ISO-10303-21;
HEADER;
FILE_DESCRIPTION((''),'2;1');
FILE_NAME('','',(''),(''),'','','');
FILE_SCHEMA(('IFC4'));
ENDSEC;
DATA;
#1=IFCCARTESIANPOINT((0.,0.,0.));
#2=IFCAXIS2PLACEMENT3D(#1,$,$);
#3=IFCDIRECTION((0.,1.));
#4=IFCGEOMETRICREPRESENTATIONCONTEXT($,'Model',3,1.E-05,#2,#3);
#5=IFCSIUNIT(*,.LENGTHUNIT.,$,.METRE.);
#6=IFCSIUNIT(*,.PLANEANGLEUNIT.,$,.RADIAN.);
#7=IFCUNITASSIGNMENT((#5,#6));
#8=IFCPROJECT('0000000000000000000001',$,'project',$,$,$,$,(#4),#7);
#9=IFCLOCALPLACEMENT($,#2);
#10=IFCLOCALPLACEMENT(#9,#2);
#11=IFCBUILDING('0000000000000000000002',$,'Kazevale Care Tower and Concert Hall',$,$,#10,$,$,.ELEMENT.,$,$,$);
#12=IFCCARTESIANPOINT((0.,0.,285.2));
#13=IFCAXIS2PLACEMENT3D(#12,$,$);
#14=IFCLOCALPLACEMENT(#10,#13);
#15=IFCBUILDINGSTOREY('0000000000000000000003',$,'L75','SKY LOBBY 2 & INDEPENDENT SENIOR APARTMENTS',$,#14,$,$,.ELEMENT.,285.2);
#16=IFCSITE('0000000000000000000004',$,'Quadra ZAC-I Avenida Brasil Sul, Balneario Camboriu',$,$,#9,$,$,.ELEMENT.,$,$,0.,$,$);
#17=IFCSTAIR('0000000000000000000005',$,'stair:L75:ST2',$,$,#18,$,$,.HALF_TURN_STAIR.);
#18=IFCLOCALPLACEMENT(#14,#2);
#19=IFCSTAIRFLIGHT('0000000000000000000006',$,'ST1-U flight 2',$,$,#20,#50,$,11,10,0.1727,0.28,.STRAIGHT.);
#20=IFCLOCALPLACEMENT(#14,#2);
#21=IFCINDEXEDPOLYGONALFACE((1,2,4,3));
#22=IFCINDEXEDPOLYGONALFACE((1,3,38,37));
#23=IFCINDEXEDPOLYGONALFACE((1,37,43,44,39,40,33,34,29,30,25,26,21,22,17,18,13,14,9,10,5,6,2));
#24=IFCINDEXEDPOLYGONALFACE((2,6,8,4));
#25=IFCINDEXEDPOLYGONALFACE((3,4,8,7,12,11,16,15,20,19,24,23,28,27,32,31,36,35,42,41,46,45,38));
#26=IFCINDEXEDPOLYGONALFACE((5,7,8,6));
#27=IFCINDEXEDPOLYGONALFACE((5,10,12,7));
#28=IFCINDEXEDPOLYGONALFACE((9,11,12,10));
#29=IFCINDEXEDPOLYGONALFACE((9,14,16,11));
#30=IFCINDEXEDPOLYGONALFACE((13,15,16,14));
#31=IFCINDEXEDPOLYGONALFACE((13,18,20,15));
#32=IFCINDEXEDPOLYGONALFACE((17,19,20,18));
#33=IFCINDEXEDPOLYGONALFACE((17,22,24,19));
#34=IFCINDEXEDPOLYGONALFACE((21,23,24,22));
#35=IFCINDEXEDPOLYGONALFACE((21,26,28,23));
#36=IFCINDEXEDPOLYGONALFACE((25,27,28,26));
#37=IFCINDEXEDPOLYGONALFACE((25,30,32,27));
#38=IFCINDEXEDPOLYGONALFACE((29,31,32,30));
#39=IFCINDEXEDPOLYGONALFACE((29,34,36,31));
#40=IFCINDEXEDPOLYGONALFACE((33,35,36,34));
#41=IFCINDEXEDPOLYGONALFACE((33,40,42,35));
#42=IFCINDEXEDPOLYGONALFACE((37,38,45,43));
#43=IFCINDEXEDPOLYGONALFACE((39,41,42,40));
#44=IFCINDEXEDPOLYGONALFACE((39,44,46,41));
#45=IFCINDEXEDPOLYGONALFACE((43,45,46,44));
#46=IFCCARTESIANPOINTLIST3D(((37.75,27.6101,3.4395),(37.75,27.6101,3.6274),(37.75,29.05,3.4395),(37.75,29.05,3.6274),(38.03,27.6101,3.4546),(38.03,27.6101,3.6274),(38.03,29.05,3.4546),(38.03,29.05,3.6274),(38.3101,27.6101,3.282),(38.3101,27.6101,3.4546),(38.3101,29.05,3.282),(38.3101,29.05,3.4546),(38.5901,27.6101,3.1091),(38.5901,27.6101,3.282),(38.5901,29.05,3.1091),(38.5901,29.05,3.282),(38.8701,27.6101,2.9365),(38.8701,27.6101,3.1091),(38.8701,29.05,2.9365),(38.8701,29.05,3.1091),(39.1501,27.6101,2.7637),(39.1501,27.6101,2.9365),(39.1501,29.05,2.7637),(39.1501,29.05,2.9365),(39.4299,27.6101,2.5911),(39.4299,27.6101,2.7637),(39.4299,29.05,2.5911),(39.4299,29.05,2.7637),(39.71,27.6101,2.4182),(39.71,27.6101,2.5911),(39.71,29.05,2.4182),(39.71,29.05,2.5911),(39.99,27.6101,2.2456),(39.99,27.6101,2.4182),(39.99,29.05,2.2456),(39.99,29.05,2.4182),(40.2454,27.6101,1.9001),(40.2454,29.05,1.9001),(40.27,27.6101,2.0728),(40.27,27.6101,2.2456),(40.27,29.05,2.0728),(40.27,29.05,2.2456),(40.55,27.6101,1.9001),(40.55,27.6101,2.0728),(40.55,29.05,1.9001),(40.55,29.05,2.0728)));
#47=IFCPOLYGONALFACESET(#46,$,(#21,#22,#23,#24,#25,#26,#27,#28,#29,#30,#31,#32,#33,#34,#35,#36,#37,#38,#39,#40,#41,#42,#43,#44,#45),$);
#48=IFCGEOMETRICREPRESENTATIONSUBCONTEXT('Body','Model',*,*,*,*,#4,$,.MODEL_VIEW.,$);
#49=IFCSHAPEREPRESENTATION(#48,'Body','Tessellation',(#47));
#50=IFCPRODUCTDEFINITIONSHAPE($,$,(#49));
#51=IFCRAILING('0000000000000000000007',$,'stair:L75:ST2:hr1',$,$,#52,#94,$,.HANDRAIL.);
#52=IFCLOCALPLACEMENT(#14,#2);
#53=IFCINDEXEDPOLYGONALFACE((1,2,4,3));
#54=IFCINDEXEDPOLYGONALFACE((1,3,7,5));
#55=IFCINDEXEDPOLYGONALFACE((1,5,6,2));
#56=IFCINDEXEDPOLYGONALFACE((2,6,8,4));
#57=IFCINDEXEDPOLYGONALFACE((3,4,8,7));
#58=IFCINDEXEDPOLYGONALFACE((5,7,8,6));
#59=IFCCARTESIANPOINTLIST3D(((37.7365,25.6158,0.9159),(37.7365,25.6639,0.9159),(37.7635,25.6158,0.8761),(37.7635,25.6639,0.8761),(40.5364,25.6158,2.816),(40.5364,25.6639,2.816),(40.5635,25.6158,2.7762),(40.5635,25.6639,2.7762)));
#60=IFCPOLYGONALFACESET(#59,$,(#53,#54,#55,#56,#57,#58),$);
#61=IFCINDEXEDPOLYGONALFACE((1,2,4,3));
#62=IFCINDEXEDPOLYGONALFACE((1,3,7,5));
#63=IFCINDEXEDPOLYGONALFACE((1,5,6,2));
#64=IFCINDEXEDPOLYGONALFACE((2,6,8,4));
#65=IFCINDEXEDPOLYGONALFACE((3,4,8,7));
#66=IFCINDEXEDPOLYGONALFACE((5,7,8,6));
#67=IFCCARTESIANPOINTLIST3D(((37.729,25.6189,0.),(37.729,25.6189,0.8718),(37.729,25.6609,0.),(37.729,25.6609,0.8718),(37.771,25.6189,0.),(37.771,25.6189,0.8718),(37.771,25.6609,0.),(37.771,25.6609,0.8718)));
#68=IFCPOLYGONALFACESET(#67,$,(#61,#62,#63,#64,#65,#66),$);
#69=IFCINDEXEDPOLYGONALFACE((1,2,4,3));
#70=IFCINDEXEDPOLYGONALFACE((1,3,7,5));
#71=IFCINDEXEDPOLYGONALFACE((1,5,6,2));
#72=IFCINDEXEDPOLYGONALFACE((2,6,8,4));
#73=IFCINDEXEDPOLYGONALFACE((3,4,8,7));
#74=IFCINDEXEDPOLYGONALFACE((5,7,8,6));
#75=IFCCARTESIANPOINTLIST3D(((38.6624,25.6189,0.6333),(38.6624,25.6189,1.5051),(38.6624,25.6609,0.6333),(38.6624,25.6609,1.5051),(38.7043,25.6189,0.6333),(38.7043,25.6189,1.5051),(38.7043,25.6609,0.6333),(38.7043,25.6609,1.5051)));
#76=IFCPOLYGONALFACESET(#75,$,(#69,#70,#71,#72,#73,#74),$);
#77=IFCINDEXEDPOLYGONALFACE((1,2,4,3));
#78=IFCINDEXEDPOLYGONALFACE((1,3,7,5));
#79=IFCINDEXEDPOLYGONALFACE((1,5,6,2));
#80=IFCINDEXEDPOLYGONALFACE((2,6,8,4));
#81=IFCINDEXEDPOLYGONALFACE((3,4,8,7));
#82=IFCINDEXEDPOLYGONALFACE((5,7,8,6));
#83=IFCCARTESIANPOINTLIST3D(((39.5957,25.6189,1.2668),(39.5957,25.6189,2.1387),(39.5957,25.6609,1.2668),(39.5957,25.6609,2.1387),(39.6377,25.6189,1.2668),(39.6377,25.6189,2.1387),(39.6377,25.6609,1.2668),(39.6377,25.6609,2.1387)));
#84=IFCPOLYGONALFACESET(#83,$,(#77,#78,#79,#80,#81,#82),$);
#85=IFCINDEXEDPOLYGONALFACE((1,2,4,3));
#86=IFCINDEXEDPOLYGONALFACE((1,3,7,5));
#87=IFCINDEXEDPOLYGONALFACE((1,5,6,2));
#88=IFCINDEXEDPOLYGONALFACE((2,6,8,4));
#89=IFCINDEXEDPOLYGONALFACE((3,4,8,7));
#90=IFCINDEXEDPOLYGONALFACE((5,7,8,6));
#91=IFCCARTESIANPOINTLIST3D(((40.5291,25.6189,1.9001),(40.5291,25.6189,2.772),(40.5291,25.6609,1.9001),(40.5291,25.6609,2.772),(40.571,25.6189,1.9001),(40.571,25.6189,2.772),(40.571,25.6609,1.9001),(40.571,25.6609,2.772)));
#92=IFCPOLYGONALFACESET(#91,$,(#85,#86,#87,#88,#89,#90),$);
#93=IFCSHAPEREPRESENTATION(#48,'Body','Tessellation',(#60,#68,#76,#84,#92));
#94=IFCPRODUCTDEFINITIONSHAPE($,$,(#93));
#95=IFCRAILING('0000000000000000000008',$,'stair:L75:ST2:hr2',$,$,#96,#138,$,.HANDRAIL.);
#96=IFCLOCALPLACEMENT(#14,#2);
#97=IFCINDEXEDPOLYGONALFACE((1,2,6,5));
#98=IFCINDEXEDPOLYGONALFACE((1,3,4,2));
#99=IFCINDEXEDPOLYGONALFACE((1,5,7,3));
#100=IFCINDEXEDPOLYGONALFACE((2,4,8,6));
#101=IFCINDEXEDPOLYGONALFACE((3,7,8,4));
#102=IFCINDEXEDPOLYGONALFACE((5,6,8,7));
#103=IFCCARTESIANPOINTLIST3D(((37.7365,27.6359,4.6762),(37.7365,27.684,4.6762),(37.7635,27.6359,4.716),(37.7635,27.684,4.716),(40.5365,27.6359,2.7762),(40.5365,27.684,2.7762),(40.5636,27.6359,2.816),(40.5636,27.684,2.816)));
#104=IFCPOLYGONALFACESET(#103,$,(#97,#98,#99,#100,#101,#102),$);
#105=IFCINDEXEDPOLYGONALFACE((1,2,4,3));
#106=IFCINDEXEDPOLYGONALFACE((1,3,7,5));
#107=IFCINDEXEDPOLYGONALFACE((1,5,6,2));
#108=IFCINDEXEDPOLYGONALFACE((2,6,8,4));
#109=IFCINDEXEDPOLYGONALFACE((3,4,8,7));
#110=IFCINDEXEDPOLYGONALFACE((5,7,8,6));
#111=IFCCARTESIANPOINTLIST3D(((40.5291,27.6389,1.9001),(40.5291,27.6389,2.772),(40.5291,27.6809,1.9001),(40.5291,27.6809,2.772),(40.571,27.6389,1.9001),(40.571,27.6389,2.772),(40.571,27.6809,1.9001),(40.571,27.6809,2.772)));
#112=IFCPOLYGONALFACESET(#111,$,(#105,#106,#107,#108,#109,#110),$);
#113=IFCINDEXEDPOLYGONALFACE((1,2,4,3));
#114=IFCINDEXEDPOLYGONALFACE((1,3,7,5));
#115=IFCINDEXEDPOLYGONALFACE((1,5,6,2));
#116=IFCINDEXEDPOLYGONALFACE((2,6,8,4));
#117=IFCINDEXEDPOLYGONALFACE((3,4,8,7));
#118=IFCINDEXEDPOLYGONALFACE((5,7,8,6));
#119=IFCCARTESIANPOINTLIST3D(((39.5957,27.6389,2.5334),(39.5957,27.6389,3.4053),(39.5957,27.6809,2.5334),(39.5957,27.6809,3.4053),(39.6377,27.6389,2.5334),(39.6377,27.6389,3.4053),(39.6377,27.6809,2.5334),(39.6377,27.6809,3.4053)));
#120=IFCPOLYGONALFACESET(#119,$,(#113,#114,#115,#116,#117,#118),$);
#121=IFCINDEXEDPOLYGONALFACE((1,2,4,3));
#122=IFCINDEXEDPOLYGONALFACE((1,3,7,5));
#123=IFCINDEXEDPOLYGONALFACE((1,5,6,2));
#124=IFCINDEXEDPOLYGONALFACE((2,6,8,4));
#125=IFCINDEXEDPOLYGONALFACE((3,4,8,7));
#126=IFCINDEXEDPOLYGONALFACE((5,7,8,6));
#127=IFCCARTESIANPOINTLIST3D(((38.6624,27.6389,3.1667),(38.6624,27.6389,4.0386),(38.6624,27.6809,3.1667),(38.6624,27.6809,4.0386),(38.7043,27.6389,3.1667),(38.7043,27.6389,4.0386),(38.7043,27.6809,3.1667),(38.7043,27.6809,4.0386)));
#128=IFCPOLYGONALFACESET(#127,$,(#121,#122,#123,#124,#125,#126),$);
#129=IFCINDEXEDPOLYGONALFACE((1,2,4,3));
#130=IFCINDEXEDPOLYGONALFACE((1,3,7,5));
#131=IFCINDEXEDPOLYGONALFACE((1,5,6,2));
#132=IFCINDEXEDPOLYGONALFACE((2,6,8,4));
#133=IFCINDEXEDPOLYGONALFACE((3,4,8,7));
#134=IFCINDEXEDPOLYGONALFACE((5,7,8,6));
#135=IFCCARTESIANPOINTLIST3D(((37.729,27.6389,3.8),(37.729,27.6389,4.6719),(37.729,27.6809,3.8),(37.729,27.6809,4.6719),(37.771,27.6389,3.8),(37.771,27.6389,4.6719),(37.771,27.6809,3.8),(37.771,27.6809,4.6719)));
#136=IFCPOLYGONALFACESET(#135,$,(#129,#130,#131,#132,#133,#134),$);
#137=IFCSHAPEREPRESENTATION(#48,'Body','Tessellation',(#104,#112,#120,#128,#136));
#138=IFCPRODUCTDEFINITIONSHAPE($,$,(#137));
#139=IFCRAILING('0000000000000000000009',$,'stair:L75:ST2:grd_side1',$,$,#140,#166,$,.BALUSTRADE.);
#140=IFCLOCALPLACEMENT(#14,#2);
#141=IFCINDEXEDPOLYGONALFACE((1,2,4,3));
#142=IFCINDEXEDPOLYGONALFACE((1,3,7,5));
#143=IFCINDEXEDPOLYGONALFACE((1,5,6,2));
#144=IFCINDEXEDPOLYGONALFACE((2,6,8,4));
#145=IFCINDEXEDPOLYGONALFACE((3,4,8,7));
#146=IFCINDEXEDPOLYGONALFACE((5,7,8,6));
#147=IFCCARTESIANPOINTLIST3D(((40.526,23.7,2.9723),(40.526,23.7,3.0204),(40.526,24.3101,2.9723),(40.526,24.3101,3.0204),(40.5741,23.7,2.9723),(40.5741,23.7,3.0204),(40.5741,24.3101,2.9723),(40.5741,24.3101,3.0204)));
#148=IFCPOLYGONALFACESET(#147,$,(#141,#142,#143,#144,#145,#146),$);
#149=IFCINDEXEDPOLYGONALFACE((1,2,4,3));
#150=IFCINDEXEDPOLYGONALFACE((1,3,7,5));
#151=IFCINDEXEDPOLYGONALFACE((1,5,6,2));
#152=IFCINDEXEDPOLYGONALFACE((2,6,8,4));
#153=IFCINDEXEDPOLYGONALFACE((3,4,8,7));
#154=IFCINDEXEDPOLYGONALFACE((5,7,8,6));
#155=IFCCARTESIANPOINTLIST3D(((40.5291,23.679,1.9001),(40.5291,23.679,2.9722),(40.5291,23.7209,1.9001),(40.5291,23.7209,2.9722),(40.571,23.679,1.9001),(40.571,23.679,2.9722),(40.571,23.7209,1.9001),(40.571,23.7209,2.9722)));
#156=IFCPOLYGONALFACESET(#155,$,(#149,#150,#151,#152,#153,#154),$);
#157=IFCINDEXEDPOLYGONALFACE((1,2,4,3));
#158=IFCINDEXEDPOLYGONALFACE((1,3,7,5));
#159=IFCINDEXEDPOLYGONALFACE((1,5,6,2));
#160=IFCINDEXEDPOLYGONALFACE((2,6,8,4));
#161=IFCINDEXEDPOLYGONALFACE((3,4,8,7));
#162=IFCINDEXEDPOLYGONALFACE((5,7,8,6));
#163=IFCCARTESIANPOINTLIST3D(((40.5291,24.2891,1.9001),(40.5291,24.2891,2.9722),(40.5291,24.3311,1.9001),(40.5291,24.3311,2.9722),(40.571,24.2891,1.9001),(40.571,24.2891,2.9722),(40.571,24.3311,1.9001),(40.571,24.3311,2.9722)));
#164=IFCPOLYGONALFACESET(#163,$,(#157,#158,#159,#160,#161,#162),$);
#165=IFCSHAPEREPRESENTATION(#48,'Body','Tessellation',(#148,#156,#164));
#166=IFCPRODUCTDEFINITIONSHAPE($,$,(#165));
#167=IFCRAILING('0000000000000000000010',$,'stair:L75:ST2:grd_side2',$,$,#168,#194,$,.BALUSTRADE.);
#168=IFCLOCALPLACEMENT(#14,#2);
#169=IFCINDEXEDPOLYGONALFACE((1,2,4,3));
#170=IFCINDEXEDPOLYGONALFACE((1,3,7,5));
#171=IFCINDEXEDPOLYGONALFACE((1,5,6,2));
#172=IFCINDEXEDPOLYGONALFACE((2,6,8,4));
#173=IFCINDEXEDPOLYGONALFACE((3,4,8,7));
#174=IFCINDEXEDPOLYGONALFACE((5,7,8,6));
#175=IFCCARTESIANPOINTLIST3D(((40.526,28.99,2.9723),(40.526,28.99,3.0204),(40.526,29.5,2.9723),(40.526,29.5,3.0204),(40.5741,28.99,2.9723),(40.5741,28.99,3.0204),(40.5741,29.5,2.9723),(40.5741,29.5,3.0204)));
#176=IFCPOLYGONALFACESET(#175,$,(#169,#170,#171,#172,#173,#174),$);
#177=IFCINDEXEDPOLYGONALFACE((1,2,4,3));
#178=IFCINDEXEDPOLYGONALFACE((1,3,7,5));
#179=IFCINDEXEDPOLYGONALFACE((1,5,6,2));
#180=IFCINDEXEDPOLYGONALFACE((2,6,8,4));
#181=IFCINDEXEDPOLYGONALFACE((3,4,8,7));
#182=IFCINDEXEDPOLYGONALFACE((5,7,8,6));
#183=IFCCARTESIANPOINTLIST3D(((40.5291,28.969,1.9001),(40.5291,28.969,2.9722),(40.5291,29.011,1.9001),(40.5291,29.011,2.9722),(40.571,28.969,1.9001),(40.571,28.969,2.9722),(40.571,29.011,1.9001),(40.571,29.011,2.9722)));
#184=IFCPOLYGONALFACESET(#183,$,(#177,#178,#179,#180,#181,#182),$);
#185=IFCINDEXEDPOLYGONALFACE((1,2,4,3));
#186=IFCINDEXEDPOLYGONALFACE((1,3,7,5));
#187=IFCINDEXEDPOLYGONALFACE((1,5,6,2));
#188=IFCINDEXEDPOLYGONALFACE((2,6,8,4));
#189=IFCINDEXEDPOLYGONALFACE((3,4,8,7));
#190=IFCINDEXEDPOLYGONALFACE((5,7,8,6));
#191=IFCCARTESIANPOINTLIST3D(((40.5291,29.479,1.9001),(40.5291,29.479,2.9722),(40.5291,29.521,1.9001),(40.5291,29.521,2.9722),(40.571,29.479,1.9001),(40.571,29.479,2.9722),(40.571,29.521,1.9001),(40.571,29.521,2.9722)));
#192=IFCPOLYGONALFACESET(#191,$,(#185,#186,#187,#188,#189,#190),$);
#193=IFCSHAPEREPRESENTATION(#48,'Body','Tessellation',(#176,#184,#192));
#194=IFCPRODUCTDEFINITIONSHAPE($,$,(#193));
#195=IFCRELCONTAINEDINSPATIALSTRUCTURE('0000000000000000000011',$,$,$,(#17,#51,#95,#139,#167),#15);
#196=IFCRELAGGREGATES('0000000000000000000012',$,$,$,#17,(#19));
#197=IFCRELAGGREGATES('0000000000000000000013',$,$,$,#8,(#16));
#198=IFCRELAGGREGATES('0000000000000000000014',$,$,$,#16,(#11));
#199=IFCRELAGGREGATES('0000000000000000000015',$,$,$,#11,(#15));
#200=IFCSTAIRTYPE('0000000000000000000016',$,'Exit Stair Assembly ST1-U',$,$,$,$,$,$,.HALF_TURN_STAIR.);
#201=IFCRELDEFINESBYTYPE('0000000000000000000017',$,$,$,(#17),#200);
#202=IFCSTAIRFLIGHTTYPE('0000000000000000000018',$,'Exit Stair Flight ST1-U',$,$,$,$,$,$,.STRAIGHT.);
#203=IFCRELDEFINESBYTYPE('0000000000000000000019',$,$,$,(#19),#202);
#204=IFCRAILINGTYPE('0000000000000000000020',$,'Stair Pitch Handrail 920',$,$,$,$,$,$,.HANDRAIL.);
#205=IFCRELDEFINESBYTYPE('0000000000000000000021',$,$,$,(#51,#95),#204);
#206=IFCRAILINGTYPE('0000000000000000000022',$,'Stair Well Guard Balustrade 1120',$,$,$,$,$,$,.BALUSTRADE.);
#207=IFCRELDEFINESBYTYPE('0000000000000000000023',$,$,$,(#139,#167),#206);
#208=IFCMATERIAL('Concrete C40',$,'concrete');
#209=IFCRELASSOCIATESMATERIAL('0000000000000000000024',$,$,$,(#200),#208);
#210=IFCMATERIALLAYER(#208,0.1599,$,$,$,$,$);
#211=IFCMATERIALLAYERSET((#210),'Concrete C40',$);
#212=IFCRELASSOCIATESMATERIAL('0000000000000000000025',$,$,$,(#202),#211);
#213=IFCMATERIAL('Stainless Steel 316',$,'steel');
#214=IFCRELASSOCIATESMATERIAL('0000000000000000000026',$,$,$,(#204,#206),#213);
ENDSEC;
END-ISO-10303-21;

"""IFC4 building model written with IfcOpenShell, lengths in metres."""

from ifc_helpers import new_model, si_unit, direction, frame, origin, origin_2d, place, context, subcontext, project, spatial, polyline, rectangle, outline, extrude, material, layer, layer_set, type_object, element, aggregate, save


model = new_model("IFC4")

# Units and contexts
model_context = context("Model", 3, precision=1e-05, world=origin(), true_north=direction((0.0, 1.0)))
body_context = subcontext(model_context, "Body", "Model", "MODEL_VIEW")
ifc_project = project(units=[si_unit("LENGTHUNIT", "METRE"), si_unit("PLANEANGLEUNIT", "RADIAN")], contexts=[model_context])

# Site, building, storey
site_placement = place(None, origin())
site = spatial("IfcSite", under=ifc_project, at=site_placement, Name="Quadra ZAC-I Avenida Brasil Sul, Balneario Camboriu", CompositionType="ELEMENT", RefElevation=0.0)
building_placement = place(site_placement, origin())
building = spatial("IfcBuilding", under=site, at=building_placement, Name="Kazevale Care Tower and Concert Hall", CompositionType="ELEMENT")
storey_placement = place(building_placement, frame((0.0, 0.0, 285.2)))
storey = spatial("IfcBuildingStorey", under=building, at=storey_placement, Name="L75", Description="SKY LOBBY 2 & INDEPENDENT SENIOR APARTMENTS", CompositionType="ELEMENT", Elevation=285.2)

# Shared definitions
ifc_material_1 = material(Name="Concrete C40", Category="concrete")

# Stair, stair flight
stair_type = type_object("IfcStairType", Name="Exit Stair Assembly ST1-U", PredefinedType="HALF_TURN_STAIR", material=ifc_material_1)
stair_placement = place(storey_placement, origin())
stair = element("IfcStair", 1, at=stair_placement, inside=storey, type_object=stair_type, Name="stair:L75:ST2", PredefinedType="HALF_TURN_STAIR")
ifc_layer_1 = layer(ifc_material_1, 0.1599)
ifc_layer_set_1 = layer_set([ifc_layer_1], Name="Concrete C40")
stair_flight_type = type_object("IfcStairFlightType", Name="Exit Stair Flight ST1-U", PredefinedType="STRAIGHT", material=ifc_layer_set_1)
stair_flight_1_placement = place(storey_placement, frame((40.55, 28.3301, 1.9001), z_axis=(0.0, 0.0, 1.0), x_axis=(-1.0, 0.0, 0.0)))
stair_flight_1 = element("IfcStairFlight", 2, at=stair_flight_1_placement, type_object=stair_flight_type, Name="ST1-U flight 2", NumberOfRisers=11, NumberOfTreads=10, PredefinedType="STRAIGHT", RiserHeight=0.1727, TreadLength=0.28, context=body_context, shape_type="SweptSolid", body=[
    extrude(outline(polyline([(0.0, 0.0), (0.0, 0.1726), (0.28, 0.1726), (0.28, 0.3455), (0.5601, 0.3455), (0.5601, 0.5181), (0.8401, 0.5181), (0.8401, 0.6909), (1.1201, 0.6909), (1.1201, 0.8635), (1.3999, 0.8635), (1.3999, 1.0364), (1.6799, 1.0364), (1.6799, 1.209), (1.96, 1.209), (1.96, 1.3818), (2.24, 1.3818), (2.24, 1.5544), (2.52, 1.5544), (2.52, 1.7273), (2.8, 1.7273), (2.8, 1.8999), (2.8, 1.5393), (0.3047, 0.0), (0.0, 0.0)])), frame((0.0, 0.72, 0.0), z_axis=(0.0, -1.0, 0.0), x_axis=(1.0, 0.0, 0.0)), (0.0, 0.0, 1.0), 1.4399),
])
aggregate(stair, [stair_flight_1])

# Railings
ifc_material_2 = material(Name="Stainless Steel 316", Category="steel")
railing_type_1 = type_object("IfcRailingType", Name="Stair Pitch Handrail 920", PredefinedType="HANDRAIL", material=ifc_material_2)
railing_1_placement = place(storey_placement, frame((37.75, 25.6399, 0.0)))
element("IfcRailing", 3, at=railing_1_placement, inside=storey, type_object=railing_type_1, Name="stair:L75:ST2:hr1", PredefinedType="HANDRAIL", context=body_context, shape_type="SweptSolid", body=[
    extrude(rectangle(XDim=0.0481, YDim=0.0481, at=origin_2d()), frame((0.0, 0.0, 0.896), z_axis=(0.82746, 0.0, 0.561524), x_axis=(0.0, 1.0, 0.0)), (0.0, 0.0, 1.0), 3.3838),
    extrude(rectangle(XDim=0.042, YDim=0.042, at=origin_2d()), origin(), (0.0, 0.0, 1.0), 0.8718),
    extrude(rectangle(XDim=0.042, YDim=0.042, at=origin_2d()), frame((0.9333, 0.0, 0.6333)), (0.0, 0.0, 1.0), 0.8718),
    extrude(rectangle(XDim=0.042, YDim=0.042, at=origin_2d()), frame((1.8667, 0.0, 1.2668)), (0.0, 0.0, 1.0), 0.8718),
    extrude(rectangle(XDim=0.042, YDim=0.042, at=origin_2d()), frame((2.8, 0.0, 1.9001)), (0.0, 0.0, 1.0), 0.8718),
])
railing_2_placement = place(storey_placement, frame((40.55, 27.6599, 1.9001)))
element("IfcRailing", 4, at=railing_2_placement, inside=storey, type_object=railing_type_1, Name="stair:L75:ST2:hr2", PredefinedType="HANDRAIL", context=body_context, shape_type="SweptSolid", body=[
    extrude(rectangle(XDim=0.0481, YDim=0.0481, at=origin_2d()), frame((0.0, 0.0, 0.896), z_axis=(-0.827494, 0.0, 0.561475), x_axis=(0.0, -1.0, 0.0)), (0.0, 0.0, 1.0), 3.3838),
    extrude(rectangle(XDim=0.042, YDim=0.042, at=origin_2d()), origin(), (0.0, 0.0, 1.0), 0.8718),
    extrude(rectangle(XDim=0.042, YDim=0.042, at=origin_2d()), frame((-0.9333, 0.0, 0.6333)), (0.0, 0.0, 1.0), 0.8718),
    extrude(rectangle(XDim=0.042, YDim=0.042, at=origin_2d()), frame((-1.8667, 0.0, 1.2666)), (0.0, 0.0, 1.0), 0.8718),
    extrude(rectangle(XDim=0.042, YDim=0.042, at=origin_2d()), frame((-2.8, 0.0, 1.8999)), (0.0, 0.0, 1.0), 0.8718),
])
railing_type_2 = type_object("IfcRailingType", Name="Stair Well Guard Balustrade 1120", PredefinedType="BALUSTRADE", material=ifc_material_2)
railing_3_placement = place(storey_placement, frame((40.55, 23.7, 1.9001)))
element("IfcRailing", 5, at=railing_3_placement, inside=storey, type_object=railing_type_2, Name="stair:L75:ST2:grd_side1", PredefinedType="BALUSTRADE", context=body_context, shape_type="SweptSolid", body=[
    extrude(rectangle(XDim=0.0481, YDim=0.0481, at=origin_2d()), frame((0.0, 0.0, 1.0962), z_axis=(0.0, 1.0, 0.0), x_axis=(-1.0, 0.0, 0.0)), (0.0, 0.0, 1.0), 0.6101),
    extrude(rectangle(XDim=0.042, YDim=0.042, at=origin_2d()), origin(), (0.0, 0.0, 1.0), 1.072),
    extrude(rectangle(XDim=0.042, YDim=0.042, at=origin_2d()), frame((0.0, 0.6101, 0.0)), (0.0, 0.0, 1.0), 1.072),
])
railing_4_placement = place(storey_placement, frame((40.55, 28.99, 1.9001)))
element("IfcRailing", 6, at=railing_4_placement, inside=storey, type_object=railing_type_2, Name="stair:L75:ST2:grd_side2", PredefinedType="BALUSTRADE", context=body_context, shape_type="SweptSolid", body=[
    extrude(rectangle(XDim=0.0481, YDim=0.0481, at=origin_2d()), frame((0.0, 0.0, 1.0962), z_axis=(0.0, 1.0, 0.0), x_axis=(-1.0, 0.0, 0.0)), (0.0, 0.0, 1.0), 0.51),
    extrude(rectangle(XDim=0.042, YDim=0.042, at=origin_2d()), origin(), (0.0, 0.0, 1.0), 1.072),
    extrude(rectangle(XDim=0.042, YDim=0.042, at=origin_2d()), frame((0.0, 0.51, 0.0)), (0.0, 0.0, 1.0), 1.072),
])

save(model, "model.ifc")
